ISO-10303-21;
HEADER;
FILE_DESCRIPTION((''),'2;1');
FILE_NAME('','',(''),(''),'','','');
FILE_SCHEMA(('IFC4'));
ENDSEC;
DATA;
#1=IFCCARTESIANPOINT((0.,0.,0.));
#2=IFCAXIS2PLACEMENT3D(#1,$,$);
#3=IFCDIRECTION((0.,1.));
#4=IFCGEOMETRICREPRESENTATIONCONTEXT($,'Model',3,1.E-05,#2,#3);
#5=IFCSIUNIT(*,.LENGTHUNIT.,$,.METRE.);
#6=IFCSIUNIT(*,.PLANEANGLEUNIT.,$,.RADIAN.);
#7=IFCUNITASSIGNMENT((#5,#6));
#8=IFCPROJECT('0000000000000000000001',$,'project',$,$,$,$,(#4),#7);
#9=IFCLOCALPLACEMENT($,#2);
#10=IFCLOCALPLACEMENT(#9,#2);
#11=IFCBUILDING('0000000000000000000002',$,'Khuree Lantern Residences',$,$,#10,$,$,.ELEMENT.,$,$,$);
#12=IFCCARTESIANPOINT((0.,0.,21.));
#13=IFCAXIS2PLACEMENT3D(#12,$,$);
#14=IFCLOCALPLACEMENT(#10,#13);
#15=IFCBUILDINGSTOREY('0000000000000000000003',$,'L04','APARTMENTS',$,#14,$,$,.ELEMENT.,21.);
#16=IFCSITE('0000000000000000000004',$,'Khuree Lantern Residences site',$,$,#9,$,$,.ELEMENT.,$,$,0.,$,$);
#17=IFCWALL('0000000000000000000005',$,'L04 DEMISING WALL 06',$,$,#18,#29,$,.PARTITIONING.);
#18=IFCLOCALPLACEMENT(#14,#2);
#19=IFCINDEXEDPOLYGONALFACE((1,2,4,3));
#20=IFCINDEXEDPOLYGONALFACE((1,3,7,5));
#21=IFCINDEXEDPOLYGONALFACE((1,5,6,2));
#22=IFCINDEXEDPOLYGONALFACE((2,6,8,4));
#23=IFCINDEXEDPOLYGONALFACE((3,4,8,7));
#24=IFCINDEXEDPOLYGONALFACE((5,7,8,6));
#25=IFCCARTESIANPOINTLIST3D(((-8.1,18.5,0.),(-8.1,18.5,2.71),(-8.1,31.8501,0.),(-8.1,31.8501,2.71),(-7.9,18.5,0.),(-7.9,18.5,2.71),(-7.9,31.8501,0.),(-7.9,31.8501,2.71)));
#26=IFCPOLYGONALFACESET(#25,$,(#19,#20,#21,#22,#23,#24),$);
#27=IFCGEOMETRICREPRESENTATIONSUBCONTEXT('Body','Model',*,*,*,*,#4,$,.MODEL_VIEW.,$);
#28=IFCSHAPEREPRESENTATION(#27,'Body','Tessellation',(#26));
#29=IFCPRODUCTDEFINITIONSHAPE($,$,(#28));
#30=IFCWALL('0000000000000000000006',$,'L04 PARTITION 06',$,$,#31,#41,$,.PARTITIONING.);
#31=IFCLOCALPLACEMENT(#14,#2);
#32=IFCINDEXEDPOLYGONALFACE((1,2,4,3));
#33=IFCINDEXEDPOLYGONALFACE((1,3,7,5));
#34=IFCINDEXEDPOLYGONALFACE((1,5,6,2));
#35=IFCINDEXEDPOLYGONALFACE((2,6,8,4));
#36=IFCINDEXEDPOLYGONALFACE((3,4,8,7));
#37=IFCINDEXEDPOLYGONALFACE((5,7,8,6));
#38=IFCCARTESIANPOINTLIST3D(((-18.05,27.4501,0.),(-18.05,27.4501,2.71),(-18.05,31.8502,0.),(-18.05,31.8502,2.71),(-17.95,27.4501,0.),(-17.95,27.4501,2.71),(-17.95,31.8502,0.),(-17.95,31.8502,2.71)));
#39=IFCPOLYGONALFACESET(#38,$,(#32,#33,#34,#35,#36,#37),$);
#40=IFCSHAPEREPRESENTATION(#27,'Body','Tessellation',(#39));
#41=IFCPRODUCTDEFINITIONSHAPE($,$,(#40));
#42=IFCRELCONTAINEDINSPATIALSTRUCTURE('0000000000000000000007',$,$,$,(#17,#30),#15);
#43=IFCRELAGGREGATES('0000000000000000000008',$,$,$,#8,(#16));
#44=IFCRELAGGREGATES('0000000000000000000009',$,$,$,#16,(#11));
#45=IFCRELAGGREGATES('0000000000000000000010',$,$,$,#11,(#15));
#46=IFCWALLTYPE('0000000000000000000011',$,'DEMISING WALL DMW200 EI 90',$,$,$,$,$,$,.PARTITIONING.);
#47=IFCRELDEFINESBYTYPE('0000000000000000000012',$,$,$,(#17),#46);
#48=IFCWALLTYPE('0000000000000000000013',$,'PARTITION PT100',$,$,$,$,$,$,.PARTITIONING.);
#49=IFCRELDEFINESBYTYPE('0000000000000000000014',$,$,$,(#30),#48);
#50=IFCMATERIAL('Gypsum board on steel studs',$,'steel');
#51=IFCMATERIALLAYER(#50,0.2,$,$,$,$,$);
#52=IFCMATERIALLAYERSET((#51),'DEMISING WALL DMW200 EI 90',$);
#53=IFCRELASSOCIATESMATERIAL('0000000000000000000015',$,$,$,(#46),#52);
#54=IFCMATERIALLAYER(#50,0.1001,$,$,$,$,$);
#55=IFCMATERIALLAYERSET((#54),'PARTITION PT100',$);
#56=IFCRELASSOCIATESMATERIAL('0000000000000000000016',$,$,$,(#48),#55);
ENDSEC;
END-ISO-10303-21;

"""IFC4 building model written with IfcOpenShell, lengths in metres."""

from ifc_helpers import new_model, si_unit, direction, frame, frame_2d, origin, place, context, subcontext, project, spatial, rectangle, extrude, material, layer, layer_set, type_object, element, save


model = new_model("IFC4")

# Units and contexts
model_context = context("Model", 3, precision=1e-05, world=origin(), true_north=direction((0.0, 1.0)))
body_context = subcontext(model_context, "Body", "Model", "MODEL_VIEW")
ifc_project = project(units=[si_unit("LENGTHUNIT", "METRE"), si_unit("PLANEANGLEUNIT", "RADIAN")], contexts=[model_context])

# Site, building, storey
site_placement = place(None, origin())
site = spatial("IfcSite", under=ifc_project, at=site_placement, Name="Khuree Lantern Residences site", CompositionType="ELEMENT", RefElevation=0.0)
building_placement = place(site_placement, origin())
building = spatial("IfcBuilding", under=site, at=building_placement, Name="Khuree Lantern Residences", CompositionType="ELEMENT")
storey_placement = place(building_placement, frame((0.0, 0.0, 21.0)))
storey = spatial("IfcBuildingStorey", under=building, at=storey_placement, Name="L04", Description="APARTMENTS", CompositionType="ELEMENT", Elevation=21.0)

# Shared definitions
ifc_material_1 = material(Name="Gypsum board on steel studs", Category="steel")

# Walls
ifc_layer_1 = layer(ifc_material_1, 0.2)
ifc_layer_set_1 = layer_set([ifc_layer_1], Name="DEMISING WALL DMW200 EI 90")
wall_type_1 = type_object("IfcWallType", Name="DEMISING WALL DMW200 EI 90", PredefinedType="PARTITIONING", material=ifc_layer_set_1)
wall_1_placement = place(storey_placement, frame((-8.0, 18.5, 0.0), z_axis=(0.0, 0.0, 1.0), x_axis=(0.0, 1.0, 0.0)))
element("IfcWall", 1, at=wall_1_placement, inside=storey, type_object=wall_type_1, Name="L04 DEMISING WALL 06", PredefinedType="PARTITIONING", context=body_context, shape_type="SweptSolid", body=[
    extrude(rectangle(XDim=13.3501, YDim=0.2, at=frame_2d((6.675, 0.0))), origin(), (0.0, 0.0, 1.0), 2.71),
])
ifc_layer_2 = layer(ifc_material_1, 0.1001)
ifc_layer_set_2 = layer_set([ifc_layer_2], Name="PARTITION PT100")
wall_type_2 = type_object("IfcWallType", Name="PARTITION PT100", PredefinedType="PARTITIONING", material=ifc_layer_set_2)
wall_2_placement = place(storey_placement, frame((-18.0, 27.45, 0.0), z_axis=(0.0, 0.0, 1.0), x_axis=(0.0, 1.0, 0.0)))
element("IfcWall", 2, at=wall_2_placement, inside=storey, type_object=wall_type_2, Name="L04 PARTITION 06", PredefinedType="PARTITIONING", context=body_context, shape_type="SweptSolid", body=[
    extrude(rectangle(XDim=4.4001, YDim=0.1001, at=frame_2d((2.2002, 0.0))), origin(), (0.0, 0.0, 1.0), 2.71),
])

save(model, "model.ifc")
